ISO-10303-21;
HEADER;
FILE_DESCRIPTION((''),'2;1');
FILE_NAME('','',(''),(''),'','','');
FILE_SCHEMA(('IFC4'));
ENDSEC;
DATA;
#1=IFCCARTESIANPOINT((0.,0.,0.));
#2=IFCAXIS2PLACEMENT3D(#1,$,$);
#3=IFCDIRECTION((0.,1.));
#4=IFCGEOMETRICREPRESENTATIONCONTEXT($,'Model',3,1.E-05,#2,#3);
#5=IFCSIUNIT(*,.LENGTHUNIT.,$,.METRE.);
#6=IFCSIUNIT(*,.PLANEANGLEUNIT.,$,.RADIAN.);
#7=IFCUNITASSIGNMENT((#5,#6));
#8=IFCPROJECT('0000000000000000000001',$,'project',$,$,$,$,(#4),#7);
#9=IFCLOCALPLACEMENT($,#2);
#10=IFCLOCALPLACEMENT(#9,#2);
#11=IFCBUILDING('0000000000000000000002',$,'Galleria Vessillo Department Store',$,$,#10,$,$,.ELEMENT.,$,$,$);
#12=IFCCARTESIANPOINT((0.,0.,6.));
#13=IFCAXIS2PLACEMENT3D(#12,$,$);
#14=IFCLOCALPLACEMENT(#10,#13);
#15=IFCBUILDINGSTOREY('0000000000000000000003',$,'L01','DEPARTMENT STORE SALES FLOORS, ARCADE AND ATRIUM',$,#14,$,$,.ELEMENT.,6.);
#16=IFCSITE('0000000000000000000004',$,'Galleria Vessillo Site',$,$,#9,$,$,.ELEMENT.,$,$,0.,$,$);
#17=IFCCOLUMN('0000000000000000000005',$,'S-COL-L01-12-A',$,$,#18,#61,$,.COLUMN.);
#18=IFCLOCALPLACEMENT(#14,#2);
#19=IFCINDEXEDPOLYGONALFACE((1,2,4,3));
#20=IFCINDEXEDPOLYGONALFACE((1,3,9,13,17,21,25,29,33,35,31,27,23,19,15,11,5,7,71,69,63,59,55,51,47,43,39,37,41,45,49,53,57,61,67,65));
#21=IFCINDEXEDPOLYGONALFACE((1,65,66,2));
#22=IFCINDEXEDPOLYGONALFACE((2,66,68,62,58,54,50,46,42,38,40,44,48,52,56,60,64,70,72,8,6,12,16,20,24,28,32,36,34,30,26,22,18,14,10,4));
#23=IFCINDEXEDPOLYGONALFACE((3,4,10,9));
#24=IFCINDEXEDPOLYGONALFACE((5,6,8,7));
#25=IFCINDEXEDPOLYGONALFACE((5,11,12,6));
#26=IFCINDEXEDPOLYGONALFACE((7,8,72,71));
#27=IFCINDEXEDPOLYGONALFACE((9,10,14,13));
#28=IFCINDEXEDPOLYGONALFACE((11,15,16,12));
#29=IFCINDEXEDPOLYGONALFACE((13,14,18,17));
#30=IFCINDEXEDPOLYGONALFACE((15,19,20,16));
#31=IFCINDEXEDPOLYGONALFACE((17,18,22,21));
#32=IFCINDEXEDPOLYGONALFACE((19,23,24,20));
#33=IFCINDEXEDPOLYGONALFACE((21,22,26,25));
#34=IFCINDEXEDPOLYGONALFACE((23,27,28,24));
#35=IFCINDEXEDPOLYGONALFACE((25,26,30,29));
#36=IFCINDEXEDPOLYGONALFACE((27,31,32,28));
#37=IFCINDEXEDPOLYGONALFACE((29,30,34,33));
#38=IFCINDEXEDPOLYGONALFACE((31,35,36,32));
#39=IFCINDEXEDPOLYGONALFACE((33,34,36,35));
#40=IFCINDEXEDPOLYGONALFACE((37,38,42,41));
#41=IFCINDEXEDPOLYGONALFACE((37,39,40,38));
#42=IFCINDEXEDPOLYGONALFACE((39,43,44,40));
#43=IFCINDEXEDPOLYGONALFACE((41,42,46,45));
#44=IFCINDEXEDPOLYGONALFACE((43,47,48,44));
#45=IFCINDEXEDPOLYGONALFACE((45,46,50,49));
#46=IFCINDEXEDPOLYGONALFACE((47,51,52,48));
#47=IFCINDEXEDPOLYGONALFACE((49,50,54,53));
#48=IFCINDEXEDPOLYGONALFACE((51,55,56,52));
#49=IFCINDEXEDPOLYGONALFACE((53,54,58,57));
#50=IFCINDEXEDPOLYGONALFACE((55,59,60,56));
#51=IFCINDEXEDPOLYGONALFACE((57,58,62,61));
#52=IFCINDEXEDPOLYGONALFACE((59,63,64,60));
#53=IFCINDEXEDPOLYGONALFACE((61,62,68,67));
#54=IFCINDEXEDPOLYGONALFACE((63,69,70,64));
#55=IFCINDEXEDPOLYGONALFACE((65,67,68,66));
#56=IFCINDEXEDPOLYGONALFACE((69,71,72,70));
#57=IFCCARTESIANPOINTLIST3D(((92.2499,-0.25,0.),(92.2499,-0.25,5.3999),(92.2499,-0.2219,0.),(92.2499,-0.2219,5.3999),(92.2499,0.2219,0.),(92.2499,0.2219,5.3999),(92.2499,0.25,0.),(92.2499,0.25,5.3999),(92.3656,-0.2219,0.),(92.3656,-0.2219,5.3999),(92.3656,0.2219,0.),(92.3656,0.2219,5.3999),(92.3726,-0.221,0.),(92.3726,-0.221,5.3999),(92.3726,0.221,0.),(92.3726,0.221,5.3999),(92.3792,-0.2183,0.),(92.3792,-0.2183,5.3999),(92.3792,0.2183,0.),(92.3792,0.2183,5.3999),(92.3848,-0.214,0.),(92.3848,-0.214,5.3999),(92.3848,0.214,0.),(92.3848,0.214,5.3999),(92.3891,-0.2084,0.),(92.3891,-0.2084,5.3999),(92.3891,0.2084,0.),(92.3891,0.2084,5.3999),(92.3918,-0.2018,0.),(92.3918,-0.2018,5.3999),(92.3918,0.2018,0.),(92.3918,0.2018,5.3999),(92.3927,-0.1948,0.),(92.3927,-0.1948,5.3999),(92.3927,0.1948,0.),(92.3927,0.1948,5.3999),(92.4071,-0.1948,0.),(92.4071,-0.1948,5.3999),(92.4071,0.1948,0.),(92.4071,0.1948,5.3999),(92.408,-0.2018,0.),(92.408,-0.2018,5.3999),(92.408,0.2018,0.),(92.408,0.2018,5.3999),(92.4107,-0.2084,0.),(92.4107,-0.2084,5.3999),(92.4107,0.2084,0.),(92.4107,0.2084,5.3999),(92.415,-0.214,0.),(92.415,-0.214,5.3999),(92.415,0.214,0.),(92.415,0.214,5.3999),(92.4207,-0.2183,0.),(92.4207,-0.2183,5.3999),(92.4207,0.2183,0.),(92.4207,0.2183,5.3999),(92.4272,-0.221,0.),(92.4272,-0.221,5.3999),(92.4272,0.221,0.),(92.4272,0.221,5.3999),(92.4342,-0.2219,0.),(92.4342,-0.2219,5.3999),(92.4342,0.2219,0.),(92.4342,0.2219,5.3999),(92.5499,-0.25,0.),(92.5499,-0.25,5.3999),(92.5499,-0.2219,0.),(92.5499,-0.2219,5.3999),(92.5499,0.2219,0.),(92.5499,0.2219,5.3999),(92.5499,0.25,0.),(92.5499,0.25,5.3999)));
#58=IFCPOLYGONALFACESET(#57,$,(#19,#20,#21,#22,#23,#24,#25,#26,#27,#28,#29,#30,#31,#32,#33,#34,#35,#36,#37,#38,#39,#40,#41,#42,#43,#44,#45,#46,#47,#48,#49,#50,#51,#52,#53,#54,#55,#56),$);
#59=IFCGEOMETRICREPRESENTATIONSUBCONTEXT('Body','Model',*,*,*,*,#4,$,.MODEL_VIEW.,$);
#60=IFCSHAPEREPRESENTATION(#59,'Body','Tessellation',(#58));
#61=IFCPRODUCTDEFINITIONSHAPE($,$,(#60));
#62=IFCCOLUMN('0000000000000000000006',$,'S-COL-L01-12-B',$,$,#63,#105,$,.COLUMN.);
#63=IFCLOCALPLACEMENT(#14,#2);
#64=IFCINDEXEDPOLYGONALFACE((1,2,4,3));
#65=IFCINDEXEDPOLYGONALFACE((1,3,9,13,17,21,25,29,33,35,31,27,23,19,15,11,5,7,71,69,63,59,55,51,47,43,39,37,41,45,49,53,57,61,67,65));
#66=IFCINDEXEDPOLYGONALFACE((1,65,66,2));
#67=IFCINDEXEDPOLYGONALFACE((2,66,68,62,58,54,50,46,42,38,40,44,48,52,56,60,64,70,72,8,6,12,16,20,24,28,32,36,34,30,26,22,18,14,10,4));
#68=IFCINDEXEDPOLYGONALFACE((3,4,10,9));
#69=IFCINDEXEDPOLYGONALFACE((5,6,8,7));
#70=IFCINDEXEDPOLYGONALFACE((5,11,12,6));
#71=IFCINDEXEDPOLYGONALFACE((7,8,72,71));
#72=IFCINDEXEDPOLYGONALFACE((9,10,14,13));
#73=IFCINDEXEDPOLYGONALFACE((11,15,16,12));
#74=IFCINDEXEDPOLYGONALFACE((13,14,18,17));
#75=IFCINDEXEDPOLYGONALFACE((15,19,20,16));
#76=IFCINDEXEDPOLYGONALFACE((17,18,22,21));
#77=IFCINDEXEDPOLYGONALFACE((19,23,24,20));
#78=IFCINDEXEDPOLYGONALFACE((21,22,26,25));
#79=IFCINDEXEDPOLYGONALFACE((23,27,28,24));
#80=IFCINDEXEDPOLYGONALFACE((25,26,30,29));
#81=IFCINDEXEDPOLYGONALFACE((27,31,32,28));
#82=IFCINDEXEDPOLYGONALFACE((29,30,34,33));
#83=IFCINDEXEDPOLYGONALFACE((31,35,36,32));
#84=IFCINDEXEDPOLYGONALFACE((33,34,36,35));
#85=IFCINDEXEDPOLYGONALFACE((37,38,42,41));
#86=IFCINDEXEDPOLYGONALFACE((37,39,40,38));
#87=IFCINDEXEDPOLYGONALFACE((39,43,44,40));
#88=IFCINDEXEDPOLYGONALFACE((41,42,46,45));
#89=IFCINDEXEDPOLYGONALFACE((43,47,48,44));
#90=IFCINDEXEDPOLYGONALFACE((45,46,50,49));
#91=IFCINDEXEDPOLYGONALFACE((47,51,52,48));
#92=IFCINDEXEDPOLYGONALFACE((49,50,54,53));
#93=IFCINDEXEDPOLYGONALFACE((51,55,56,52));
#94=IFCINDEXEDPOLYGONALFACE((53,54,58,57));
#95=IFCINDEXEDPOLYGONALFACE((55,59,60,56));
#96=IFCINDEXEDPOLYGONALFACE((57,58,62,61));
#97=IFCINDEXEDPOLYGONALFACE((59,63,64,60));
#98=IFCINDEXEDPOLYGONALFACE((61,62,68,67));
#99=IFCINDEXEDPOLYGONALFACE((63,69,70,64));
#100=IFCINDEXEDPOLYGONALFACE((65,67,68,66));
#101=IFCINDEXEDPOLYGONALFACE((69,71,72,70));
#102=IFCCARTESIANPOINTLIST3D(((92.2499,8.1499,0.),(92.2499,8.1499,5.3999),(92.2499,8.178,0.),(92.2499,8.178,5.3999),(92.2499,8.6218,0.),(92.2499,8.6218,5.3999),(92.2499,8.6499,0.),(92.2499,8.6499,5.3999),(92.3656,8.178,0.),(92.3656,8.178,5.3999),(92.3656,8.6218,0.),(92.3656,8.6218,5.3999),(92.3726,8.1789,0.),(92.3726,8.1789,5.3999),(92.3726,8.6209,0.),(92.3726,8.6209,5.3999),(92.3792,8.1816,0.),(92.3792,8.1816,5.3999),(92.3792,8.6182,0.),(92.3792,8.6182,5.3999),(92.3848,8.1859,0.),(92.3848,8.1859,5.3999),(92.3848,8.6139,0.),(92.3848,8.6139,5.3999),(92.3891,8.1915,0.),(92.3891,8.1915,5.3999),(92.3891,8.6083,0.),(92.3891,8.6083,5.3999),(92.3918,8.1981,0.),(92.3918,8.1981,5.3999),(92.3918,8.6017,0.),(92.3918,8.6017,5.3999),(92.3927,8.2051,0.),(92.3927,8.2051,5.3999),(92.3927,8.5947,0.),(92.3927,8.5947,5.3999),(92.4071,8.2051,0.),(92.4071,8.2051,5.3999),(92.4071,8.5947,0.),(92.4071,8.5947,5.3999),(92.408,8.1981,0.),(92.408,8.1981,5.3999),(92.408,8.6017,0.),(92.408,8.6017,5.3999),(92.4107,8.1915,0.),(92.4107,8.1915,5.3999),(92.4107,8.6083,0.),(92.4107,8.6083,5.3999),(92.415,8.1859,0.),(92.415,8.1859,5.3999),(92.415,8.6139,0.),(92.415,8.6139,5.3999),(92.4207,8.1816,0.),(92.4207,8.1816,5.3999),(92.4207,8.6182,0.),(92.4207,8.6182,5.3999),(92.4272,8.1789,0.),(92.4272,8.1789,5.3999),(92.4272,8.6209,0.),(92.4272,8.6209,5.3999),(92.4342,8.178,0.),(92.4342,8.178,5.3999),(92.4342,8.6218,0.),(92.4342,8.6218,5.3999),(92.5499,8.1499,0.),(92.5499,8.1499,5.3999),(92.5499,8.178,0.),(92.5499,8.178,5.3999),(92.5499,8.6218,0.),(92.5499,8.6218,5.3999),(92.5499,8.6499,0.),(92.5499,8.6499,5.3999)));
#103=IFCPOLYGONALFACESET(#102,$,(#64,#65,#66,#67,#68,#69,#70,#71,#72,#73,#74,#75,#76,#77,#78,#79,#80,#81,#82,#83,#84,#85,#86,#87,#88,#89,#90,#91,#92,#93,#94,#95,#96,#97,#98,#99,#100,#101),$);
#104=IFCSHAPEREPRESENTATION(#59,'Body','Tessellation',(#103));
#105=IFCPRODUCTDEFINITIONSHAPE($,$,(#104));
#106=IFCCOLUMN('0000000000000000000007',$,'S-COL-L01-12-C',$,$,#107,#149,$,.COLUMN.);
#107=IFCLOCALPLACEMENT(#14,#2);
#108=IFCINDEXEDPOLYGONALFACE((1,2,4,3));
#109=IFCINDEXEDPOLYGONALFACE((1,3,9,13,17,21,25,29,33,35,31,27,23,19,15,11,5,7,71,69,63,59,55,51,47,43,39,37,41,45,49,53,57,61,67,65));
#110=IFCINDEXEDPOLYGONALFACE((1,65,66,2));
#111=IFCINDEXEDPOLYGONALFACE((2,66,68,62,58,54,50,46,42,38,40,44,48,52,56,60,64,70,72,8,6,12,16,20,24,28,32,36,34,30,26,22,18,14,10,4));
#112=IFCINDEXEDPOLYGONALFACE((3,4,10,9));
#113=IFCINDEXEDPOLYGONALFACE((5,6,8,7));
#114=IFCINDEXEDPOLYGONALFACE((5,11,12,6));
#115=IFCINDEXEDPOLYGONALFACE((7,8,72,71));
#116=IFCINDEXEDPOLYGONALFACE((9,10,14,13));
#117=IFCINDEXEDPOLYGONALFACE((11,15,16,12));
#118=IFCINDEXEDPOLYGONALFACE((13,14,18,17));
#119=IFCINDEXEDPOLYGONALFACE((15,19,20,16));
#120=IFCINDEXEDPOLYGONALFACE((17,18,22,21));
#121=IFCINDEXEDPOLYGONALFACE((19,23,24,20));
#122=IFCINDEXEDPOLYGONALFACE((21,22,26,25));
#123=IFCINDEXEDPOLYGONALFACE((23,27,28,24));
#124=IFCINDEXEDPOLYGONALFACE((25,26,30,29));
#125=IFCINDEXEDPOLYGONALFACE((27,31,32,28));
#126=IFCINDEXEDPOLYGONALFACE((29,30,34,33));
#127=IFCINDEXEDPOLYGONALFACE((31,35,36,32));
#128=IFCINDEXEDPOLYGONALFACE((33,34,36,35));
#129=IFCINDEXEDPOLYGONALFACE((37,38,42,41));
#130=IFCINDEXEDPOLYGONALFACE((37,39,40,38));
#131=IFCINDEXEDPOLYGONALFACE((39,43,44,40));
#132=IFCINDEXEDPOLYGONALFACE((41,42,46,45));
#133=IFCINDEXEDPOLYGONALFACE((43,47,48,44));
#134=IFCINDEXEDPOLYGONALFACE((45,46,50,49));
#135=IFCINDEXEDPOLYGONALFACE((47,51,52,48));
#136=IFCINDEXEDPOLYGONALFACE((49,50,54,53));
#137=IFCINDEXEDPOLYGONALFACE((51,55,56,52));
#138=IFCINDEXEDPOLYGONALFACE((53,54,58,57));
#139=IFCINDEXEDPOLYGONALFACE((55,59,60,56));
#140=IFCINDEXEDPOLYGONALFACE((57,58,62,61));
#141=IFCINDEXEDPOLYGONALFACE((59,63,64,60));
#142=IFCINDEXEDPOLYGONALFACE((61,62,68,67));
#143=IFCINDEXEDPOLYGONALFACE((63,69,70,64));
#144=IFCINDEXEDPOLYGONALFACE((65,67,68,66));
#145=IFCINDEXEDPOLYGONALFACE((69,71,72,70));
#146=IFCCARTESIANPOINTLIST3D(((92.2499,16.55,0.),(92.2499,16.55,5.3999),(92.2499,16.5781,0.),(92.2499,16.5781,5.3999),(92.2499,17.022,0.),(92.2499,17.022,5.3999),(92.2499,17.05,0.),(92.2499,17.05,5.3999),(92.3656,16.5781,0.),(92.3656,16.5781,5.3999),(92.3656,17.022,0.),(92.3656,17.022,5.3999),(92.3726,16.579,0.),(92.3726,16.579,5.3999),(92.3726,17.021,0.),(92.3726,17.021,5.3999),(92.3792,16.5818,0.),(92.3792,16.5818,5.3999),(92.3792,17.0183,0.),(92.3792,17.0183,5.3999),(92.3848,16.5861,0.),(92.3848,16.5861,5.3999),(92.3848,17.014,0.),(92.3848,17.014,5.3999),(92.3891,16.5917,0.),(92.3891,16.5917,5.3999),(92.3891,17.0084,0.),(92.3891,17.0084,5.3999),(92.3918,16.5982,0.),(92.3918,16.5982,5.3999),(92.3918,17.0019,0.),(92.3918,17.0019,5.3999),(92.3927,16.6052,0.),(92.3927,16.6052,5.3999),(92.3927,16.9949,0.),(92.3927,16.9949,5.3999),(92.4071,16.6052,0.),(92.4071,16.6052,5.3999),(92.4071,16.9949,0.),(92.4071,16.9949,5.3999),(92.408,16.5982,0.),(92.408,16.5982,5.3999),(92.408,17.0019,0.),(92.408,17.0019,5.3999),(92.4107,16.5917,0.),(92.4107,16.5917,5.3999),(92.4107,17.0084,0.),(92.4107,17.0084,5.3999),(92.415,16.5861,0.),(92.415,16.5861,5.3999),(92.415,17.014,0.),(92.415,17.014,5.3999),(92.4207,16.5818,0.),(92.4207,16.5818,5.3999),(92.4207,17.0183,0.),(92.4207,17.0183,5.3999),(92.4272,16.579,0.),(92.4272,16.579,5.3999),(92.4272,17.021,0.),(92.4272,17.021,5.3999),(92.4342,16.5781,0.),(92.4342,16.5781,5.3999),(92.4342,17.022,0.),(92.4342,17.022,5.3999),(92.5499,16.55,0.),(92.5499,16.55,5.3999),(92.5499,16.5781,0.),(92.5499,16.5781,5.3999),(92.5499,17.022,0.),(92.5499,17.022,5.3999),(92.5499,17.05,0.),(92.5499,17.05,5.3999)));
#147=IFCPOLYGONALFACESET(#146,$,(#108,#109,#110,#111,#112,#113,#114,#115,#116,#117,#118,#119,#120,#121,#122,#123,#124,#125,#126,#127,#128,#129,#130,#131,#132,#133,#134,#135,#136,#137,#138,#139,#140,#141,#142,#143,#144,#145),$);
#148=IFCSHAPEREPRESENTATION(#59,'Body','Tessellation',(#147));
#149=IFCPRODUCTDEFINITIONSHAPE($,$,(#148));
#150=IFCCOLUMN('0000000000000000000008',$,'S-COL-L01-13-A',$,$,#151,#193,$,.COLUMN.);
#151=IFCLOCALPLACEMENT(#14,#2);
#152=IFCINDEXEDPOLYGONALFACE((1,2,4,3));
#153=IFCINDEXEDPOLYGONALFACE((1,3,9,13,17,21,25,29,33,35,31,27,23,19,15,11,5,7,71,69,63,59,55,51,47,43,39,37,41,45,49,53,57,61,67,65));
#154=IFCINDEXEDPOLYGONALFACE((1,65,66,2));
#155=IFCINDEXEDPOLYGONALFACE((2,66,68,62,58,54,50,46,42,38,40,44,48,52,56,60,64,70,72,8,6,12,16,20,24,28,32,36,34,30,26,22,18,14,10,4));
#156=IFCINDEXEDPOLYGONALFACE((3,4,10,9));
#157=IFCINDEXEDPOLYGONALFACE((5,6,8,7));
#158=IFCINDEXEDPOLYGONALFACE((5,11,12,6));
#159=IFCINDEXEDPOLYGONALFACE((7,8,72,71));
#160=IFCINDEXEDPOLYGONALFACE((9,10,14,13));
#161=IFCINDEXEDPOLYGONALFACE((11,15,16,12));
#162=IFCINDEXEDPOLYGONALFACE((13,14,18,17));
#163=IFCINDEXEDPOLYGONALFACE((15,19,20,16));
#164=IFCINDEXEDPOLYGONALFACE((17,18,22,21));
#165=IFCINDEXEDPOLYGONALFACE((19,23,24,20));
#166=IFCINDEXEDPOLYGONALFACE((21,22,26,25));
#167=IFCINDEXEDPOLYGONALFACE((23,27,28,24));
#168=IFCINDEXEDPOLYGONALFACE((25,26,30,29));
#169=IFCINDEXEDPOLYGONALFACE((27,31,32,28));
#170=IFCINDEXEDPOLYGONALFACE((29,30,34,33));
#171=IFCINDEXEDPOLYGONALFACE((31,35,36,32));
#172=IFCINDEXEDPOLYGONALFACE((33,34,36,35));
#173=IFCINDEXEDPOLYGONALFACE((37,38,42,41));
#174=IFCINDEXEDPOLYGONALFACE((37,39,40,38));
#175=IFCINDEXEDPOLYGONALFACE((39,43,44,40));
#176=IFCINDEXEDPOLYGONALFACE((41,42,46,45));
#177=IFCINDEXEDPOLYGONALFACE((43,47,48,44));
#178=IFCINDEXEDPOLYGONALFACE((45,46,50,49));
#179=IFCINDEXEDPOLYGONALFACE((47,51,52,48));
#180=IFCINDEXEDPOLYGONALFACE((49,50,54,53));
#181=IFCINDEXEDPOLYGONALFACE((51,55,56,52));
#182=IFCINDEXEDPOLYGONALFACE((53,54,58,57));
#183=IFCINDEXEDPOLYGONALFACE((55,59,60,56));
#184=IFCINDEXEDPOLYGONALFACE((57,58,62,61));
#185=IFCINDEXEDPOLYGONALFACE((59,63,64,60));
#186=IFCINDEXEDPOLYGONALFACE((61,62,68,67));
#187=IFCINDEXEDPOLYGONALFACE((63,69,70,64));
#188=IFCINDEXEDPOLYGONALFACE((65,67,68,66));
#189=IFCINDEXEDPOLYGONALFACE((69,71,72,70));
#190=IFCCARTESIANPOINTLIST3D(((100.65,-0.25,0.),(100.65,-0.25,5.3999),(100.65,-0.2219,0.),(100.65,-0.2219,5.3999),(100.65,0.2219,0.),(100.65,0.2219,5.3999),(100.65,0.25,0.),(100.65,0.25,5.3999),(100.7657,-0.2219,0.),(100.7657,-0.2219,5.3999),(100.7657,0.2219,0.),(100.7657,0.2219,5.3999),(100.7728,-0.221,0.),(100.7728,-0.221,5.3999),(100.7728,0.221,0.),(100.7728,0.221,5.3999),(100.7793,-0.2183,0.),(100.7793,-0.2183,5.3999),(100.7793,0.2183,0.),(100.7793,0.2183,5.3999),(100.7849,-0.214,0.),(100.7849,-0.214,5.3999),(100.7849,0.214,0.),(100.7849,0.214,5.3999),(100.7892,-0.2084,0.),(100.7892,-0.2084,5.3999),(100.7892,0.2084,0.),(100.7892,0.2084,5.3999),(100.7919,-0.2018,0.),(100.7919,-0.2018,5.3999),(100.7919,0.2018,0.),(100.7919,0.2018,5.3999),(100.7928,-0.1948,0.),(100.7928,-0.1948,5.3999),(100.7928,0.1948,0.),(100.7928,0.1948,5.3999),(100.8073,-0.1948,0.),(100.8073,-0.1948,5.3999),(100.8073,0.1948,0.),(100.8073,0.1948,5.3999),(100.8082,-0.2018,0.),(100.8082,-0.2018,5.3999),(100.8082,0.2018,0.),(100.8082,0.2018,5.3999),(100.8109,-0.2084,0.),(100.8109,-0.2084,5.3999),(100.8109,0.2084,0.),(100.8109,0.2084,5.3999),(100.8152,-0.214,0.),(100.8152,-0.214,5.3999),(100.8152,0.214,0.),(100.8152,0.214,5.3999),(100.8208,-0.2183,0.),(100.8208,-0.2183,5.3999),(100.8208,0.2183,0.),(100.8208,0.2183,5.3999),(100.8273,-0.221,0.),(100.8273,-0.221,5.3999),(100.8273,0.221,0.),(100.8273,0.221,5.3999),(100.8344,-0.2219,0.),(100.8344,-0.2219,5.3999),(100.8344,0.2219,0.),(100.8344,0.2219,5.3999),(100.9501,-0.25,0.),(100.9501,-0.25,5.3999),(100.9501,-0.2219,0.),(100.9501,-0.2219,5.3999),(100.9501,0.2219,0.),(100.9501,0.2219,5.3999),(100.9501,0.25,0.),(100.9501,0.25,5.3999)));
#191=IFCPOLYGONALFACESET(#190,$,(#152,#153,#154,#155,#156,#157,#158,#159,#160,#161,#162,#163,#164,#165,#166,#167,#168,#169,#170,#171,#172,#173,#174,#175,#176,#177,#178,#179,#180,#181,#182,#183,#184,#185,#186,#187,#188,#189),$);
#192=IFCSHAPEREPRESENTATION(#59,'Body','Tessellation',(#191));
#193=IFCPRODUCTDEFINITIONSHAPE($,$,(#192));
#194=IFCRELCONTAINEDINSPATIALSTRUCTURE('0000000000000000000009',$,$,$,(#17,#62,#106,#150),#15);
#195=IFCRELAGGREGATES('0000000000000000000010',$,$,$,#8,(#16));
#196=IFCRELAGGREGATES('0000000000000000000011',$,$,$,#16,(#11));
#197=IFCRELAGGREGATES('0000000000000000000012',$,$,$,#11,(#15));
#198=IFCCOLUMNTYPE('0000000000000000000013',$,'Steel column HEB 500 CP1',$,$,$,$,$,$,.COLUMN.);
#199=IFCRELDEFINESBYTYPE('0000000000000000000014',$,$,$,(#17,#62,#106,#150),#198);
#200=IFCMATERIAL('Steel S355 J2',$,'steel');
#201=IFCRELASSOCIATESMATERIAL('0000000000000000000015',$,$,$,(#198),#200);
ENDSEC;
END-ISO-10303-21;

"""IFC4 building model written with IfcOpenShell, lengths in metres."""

from ifc_helpers import new_model, si_unit, direction, frame, origin, origin_2d, place, context, subcontext, project, spatial, i_section, extrude, material, material_profile, profile_set, type_object, element, save


model = new_model("IFC4")

# Units and contexts
model_context = context("Model", 3, precision=1e-05, world=origin(), true_north=direction((0.0, 1.0)))
body_context = subcontext(model_context, "Body", "Model", "MODEL_VIEW")
ifc_project = project(units=[si_unit("LENGTHUNIT", "METRE"), si_unit("PLANEANGLEUNIT", "RADIAN")], contexts=[model_context])

# Site, building, storey
site_placement = place(None, origin())
site = spatial("IfcSite", under=ifc_project, at=site_placement, Name="Galleria Vessillo Site", CompositionType="ELEMENT", RefElevation=0.0)
building_placement = place(site_placement, origin())
building = spatial("IfcBuilding", under=site, at=building_placement, Name="Galleria Vessillo Department Store", CompositionType="ELEMENT")
storey_placement = place(building_placement, frame((0.0, 0.0, 6.0)))
storey = spatial("IfcBuildingStorey", under=building, at=storey_placement, Name="L01", Description="DEPARTMENT STORE SALES FLOORS, ARCADE AND ATRIUM", CompositionType="ELEMENT", Elevation=6.0)

# Columns
ifc_material_1 = material(Name="Steel S355 J2", Category="steel")
ifc_material_profile_1 = material_profile(ifc_material_1, i_section(OverallWidth=0.3, OverallDepth=0.5, WebThickness=0.0144, FlangeThickness=0.0281, FilletRadius=0.0271, at=origin_2d()), Name="HEB 500")
ifc_profile_set_1 = profile_set([ifc_material_profile_1], Name="Steel S355 J2")
column_type = type_object("IfcColumnType", Name="Steel column HEB 500 CP1", PredefinedType="COLUMN", material=ifc_profile_set_1)
for number, where, z_axis, x_axis, name in (
    (1, (92.3999, 0.0, 0.0), (0.0, 0.0, 1.0), (1.0, 0.0, 0.0), "S-COL-L01-12-A"),
    (2, (92.3999, 8.3999, 0.0), (0.0, 0.0, 1.0), (1.0, 0.0, 0.0), "S-COL-L01-12-B"),
    (3, (92.3999, 16.8, 0.0), (0.0, 0.0, 1.0), (1.0, 0.0, 0.0), "S-COL-L01-12-C"),
    (4, (100.8, 0.0, 0.0), (0.0, 0.0, 1.0), (1.0, 0.0, 0.0), "S-COL-L01-13-A"),
):
    element("IfcColumn", number, at=place(storey_placement, frame(where, z_axis=z_axis, x_axis=x_axis)), inside=storey, type_object=column_type, Name=name, PredefinedType="COLUMN", context=body_context, shape_type="SweptSolid", body=[
        extrude(i_section(OverallWidth=0.3, OverallDepth=0.5, WebThickness=0.0144, FlangeThickness=0.0281, FilletRadius=0.0271, at=origin_2d()), origin(), (0.0, 0.0, 1.0), 5.3999),
    ])

save(model, "model.ifc")
